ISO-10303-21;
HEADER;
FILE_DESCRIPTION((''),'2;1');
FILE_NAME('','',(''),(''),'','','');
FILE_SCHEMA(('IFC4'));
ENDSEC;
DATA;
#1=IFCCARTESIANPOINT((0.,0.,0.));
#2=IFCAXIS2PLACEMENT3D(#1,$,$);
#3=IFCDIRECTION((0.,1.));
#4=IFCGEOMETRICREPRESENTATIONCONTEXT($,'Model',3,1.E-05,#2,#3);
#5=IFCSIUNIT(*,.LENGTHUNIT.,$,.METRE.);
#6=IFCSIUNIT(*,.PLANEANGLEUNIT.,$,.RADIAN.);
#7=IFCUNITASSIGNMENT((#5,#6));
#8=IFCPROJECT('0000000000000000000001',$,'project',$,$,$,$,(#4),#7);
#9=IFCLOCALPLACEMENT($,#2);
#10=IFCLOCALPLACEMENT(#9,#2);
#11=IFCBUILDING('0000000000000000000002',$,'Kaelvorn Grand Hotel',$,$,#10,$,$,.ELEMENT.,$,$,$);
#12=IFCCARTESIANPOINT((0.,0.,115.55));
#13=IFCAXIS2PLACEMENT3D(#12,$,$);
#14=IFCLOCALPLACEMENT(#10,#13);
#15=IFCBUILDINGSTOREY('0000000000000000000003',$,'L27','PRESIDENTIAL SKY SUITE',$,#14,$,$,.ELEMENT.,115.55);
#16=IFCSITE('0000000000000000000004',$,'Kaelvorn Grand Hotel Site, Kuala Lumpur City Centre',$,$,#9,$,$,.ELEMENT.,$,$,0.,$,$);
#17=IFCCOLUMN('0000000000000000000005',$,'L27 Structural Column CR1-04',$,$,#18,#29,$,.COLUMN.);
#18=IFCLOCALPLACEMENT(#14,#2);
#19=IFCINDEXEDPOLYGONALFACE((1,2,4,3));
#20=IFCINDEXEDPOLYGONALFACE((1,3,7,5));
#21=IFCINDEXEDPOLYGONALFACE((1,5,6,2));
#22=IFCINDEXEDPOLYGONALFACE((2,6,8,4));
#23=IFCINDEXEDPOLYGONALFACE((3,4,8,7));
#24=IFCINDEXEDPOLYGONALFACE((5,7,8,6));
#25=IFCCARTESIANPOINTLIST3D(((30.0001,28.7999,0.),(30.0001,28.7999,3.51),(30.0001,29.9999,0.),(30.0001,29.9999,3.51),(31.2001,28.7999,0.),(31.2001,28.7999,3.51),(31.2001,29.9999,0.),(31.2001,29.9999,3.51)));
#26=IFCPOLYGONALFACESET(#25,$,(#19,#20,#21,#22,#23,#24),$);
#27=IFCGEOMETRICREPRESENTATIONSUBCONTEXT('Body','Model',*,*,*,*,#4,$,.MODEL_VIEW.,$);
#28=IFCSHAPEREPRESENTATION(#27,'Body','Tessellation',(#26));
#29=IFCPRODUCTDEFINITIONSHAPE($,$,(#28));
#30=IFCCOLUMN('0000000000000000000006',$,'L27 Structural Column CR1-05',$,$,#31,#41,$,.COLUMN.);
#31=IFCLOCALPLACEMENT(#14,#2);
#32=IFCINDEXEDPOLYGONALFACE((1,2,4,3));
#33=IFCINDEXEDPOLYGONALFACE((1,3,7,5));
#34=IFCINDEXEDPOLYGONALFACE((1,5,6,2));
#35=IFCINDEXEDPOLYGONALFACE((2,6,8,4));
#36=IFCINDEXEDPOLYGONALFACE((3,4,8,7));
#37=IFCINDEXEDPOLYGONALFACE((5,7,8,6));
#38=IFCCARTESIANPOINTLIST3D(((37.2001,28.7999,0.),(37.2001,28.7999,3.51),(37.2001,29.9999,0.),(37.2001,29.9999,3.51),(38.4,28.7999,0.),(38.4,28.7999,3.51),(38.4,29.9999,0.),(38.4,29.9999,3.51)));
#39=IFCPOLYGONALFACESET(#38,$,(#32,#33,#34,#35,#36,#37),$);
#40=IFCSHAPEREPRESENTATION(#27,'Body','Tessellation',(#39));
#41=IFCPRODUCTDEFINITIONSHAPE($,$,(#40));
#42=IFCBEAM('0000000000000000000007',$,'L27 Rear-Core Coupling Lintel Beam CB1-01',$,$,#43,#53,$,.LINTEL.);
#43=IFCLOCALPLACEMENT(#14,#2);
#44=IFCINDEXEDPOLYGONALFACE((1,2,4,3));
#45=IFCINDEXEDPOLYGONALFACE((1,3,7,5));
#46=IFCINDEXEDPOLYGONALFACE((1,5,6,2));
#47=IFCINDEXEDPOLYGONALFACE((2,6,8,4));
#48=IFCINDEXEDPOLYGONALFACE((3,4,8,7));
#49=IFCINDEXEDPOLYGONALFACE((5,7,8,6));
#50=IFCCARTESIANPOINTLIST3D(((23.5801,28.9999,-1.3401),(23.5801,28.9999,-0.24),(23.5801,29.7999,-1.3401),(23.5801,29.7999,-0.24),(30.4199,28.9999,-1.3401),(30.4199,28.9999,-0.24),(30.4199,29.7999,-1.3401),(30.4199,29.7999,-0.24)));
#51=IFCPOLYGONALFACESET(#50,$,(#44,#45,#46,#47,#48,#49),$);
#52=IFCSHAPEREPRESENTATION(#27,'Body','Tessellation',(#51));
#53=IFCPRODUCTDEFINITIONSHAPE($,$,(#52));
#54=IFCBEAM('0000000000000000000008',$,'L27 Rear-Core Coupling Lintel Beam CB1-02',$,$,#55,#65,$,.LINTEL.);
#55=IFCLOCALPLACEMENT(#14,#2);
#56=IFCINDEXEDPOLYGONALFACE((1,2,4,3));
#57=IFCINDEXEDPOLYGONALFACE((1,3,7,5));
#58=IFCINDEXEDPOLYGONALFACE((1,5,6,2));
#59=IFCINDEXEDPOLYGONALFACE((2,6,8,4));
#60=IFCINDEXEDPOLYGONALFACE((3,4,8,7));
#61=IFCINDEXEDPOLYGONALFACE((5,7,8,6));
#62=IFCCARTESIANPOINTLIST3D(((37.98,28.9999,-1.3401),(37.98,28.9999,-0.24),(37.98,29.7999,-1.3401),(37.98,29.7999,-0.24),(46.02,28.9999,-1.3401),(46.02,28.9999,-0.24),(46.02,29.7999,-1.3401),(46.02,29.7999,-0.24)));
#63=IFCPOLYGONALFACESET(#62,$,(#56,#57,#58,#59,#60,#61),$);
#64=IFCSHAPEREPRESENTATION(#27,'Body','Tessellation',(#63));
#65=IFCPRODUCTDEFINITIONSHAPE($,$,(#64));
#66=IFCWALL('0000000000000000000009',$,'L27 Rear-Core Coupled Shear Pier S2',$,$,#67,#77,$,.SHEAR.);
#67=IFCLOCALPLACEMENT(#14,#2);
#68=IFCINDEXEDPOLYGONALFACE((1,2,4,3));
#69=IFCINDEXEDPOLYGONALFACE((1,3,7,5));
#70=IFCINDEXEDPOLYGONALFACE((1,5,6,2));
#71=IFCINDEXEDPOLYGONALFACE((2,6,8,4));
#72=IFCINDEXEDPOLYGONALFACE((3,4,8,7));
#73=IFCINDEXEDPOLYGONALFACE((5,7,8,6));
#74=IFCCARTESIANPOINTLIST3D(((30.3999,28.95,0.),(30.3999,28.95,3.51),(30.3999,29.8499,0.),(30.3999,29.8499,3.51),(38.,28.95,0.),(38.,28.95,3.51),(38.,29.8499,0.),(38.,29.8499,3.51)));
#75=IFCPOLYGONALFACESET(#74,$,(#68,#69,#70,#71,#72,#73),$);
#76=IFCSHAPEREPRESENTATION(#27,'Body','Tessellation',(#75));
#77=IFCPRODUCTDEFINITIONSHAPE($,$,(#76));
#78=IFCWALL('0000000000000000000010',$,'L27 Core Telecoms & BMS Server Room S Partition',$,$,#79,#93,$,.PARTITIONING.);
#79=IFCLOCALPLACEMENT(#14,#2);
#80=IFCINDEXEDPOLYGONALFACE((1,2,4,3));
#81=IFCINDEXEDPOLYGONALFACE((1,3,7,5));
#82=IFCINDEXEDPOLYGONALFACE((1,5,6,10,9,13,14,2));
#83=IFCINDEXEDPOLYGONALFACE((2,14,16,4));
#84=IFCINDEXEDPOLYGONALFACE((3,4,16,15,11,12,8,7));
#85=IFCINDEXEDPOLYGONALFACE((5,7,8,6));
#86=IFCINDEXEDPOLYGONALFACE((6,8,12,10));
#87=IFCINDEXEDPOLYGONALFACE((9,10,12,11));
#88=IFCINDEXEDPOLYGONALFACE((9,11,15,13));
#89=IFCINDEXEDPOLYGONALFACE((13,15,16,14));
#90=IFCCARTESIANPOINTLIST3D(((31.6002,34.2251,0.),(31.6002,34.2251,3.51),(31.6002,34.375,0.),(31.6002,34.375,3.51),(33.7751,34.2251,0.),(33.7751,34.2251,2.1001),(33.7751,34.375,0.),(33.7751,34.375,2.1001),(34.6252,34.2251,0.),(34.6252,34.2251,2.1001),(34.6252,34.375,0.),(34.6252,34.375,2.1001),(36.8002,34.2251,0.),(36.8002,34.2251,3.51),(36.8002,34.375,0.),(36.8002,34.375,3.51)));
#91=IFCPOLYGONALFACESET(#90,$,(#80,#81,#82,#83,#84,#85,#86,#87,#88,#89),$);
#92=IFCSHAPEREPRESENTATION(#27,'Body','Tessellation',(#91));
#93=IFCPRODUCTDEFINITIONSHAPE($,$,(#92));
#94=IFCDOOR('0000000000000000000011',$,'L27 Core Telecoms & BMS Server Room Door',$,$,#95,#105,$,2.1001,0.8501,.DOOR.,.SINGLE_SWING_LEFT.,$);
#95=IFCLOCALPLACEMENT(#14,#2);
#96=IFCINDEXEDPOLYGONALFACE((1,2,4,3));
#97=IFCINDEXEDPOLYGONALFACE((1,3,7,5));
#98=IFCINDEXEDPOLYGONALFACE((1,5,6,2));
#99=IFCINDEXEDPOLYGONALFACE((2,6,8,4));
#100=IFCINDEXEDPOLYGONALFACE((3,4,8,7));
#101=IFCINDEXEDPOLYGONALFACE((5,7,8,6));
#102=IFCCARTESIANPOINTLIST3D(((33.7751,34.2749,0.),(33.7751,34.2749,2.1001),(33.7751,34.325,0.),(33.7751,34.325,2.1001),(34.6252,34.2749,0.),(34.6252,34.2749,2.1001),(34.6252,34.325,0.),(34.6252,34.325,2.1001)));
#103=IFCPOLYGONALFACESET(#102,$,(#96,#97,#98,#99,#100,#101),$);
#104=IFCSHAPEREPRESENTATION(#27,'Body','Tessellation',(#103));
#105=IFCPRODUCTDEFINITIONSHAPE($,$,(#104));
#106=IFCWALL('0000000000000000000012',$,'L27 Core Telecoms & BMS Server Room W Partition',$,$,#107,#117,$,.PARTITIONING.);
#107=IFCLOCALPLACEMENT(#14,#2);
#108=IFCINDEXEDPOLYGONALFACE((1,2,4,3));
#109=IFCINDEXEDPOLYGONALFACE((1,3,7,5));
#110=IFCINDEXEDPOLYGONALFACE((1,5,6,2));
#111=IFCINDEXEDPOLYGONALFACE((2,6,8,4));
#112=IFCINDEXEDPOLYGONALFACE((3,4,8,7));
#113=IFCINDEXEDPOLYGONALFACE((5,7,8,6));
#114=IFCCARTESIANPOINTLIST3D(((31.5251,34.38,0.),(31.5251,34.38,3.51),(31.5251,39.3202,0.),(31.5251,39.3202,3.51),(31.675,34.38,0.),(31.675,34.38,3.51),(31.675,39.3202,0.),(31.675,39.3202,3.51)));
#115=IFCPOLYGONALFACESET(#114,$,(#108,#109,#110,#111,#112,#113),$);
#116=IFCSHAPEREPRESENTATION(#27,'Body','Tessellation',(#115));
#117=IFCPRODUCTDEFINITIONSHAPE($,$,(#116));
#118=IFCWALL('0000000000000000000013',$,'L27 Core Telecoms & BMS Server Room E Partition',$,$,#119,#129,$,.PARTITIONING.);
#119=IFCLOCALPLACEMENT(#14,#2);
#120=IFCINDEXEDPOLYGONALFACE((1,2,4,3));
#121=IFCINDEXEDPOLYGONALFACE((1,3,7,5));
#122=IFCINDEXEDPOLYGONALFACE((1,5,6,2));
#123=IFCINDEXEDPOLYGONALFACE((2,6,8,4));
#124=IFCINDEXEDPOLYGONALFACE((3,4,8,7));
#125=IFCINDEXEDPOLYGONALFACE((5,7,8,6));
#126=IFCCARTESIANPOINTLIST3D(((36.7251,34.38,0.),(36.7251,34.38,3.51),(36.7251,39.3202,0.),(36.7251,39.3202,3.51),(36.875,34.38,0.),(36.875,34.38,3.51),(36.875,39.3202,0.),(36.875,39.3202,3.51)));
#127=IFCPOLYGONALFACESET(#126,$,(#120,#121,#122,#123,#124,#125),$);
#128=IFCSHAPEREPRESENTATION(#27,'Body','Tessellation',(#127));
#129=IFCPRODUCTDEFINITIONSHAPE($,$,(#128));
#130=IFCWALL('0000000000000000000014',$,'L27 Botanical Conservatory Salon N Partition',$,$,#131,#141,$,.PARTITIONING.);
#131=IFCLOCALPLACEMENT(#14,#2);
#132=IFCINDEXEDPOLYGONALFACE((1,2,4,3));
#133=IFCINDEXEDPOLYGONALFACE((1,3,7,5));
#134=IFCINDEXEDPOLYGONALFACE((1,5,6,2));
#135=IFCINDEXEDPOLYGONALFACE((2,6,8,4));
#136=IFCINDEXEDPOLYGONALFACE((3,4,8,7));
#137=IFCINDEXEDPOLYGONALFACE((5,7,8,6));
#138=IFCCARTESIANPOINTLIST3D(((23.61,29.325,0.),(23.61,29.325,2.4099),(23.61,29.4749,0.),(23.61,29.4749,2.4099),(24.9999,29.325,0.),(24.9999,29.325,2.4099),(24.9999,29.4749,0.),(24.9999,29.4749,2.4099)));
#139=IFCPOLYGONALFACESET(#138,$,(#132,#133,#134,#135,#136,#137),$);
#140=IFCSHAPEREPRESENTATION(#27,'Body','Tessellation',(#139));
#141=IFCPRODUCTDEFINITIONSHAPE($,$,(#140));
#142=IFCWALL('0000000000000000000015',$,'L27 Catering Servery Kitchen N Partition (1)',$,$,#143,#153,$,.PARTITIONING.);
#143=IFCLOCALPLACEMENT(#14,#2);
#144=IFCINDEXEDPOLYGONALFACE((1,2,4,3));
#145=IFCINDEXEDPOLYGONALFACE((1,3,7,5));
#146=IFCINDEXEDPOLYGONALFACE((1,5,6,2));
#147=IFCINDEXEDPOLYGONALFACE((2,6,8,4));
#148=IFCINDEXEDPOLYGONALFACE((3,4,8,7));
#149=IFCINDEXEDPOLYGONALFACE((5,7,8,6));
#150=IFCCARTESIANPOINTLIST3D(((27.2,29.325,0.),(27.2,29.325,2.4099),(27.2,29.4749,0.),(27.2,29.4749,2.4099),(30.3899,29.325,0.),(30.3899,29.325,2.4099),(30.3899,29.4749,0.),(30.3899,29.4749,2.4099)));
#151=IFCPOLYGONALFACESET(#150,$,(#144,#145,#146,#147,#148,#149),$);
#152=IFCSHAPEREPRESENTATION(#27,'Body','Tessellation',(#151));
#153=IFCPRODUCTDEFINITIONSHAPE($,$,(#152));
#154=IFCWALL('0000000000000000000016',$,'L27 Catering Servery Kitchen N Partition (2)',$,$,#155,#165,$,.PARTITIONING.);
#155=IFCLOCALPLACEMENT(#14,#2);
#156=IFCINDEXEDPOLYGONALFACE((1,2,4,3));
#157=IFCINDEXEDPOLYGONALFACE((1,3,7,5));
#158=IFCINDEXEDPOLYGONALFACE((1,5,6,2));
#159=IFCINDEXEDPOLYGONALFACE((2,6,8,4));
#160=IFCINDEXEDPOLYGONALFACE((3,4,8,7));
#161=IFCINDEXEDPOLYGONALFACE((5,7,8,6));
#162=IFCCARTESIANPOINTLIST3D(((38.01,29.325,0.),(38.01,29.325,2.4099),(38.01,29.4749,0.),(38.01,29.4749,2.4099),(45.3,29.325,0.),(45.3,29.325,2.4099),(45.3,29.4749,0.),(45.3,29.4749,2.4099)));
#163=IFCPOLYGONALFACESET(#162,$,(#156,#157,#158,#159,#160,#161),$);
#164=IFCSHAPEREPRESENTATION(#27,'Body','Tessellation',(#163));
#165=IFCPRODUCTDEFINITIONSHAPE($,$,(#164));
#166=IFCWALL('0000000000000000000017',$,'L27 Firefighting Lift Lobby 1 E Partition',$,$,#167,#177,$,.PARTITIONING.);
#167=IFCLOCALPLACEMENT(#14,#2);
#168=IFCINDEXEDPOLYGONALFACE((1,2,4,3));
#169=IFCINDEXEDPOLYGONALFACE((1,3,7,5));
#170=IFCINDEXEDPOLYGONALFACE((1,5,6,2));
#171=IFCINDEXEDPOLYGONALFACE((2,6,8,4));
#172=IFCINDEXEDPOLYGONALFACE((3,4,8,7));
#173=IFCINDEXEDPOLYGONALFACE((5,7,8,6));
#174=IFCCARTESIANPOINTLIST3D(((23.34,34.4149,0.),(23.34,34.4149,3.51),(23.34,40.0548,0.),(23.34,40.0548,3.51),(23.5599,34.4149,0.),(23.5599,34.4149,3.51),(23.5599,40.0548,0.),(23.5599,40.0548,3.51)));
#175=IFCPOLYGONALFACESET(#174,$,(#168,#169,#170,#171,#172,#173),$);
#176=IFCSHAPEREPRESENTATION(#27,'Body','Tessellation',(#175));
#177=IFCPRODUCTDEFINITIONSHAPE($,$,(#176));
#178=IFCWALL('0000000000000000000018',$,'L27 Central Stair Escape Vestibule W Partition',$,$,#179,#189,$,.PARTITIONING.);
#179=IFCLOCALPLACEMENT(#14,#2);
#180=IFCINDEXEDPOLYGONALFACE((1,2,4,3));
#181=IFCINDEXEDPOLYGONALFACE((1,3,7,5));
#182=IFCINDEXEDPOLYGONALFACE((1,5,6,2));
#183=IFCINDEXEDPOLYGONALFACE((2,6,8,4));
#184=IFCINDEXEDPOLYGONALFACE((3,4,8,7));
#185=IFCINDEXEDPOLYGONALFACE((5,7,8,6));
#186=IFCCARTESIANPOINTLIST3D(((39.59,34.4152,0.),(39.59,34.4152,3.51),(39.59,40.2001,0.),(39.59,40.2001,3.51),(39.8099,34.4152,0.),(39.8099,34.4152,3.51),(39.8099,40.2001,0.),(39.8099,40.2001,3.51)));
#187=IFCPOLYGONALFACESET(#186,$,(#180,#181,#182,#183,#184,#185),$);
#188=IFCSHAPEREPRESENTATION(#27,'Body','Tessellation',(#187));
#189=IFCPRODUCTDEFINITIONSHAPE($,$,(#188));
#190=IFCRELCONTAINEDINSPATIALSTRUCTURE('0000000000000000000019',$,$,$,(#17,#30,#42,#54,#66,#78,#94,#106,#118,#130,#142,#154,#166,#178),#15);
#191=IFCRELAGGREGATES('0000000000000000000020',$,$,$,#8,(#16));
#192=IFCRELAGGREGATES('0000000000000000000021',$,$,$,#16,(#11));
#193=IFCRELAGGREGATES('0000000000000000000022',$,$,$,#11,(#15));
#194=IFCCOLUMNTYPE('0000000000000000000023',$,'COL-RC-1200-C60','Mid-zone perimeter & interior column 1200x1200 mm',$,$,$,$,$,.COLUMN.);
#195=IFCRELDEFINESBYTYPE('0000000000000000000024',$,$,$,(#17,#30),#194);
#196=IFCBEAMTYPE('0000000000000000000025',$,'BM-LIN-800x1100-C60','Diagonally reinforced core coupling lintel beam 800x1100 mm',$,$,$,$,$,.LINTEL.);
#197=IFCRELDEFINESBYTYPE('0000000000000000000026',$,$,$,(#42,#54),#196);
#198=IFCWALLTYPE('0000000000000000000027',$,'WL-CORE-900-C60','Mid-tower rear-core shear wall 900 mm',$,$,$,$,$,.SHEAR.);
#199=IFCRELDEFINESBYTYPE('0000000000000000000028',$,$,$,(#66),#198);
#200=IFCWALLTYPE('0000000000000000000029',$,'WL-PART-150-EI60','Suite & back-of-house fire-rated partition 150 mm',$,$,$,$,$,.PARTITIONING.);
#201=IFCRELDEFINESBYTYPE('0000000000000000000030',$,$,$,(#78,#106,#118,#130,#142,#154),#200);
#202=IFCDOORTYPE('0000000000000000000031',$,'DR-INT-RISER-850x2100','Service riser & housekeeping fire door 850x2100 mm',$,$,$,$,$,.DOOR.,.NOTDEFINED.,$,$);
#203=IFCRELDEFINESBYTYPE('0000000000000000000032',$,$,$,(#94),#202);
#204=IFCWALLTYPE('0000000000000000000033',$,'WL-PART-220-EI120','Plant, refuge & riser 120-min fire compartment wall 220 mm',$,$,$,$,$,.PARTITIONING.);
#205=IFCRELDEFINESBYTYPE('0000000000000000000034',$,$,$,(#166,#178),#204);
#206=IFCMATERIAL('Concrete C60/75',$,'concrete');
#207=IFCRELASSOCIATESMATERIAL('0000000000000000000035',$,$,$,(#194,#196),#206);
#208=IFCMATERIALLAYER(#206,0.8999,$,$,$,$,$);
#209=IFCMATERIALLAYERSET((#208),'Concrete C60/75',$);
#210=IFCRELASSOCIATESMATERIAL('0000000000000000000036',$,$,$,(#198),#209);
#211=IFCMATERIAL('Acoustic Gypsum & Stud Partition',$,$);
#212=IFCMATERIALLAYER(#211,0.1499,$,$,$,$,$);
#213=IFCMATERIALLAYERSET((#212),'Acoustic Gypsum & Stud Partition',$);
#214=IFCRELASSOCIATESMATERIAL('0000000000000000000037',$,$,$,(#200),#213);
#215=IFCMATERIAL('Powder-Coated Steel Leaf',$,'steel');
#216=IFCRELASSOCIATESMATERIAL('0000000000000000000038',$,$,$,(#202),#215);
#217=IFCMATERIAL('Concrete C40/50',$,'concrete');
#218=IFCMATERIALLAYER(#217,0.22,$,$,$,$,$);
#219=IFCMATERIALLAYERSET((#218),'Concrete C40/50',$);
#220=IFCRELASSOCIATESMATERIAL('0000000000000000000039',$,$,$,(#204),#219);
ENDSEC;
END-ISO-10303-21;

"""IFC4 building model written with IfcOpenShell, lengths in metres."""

from ifc_helpers import new_model, si_unit, direction, frame, frame_2d, origin, origin_2d, place, context, subcontext, project, spatial, rectangle, extrude, material, layer, layer_set, material_profile, profile_set, type_object, element, fill, save


model = new_model("IFC4")

# Units and contexts
model_context = context("Model", 3, precision=1e-05, world=origin(), true_north=direction((0.0, 1.0)))
body_context = subcontext(model_context, "Body", "Model", "MODEL_VIEW")
ifc_project = project(units=[si_unit("LENGTHUNIT", "METRE"), si_unit("PLANEANGLEUNIT", "RADIAN")], contexts=[model_context])

# Site, building, storey
site_placement = place(None, origin())
site = spatial("IfcSite", under=ifc_project, at=site_placement, Name="Kaelvorn Grand Hotel Site, Kuala Lumpur City Centre", CompositionType="ELEMENT", RefElevation=0.0)
building_placement = place(site_placement, origin())
building = spatial("IfcBuilding", under=site, at=building_placement, Name="Kaelvorn Grand Hotel", CompositionType="ELEMENT")
storey_placement = place(building_placement, frame((0.0, 0.0, 115.55)))
storey = spatial("IfcBuildingStorey", under=building, at=storey_placement, Name="L27", Description="PRESIDENTIAL SKY SUITE", CompositionType="ELEMENT", Elevation=115.55)

# Columns
ifc_material_1 = material(Name="Concrete C60/75", Category="concrete")
ifc_material_profile_1 = material_profile(ifc_material_1, rectangle(XDim=1.2, YDim=1.2, at=origin_2d()), Name="RC COL 1200x1200")
ifc_profile_set_1 = profile_set([ifc_material_profile_1], Name="Concrete C60/75")
column_type = type_object("IfcColumnType", Name="COL-RC-1200-C60", Description="Mid-zone perimeter & interior column 1200x1200 mm", PredefinedType="COLUMN", material=ifc_profile_set_1)
for number, where, z_axis, x_axis, name in (
    (1, (30.6001, 29.3999, 0.0), (0.0, 0.0, 1.0), (1.0, 0.0, 0.0), "L27 Structural Column CR1-04"),
    (2, (37.8, 29.3999, 0.0), (0.0, 0.0, 1.0), (1.0, 0.0, 0.0), "L27 Structural Column CR1-05"),
):
    element("IfcColumn", number, at=place(storey_placement, frame(where, z_axis=z_axis, x_axis=x_axis)), inside=storey, type_object=column_type, Name=name, PredefinedType="COLUMN", context=body_context, shape_type="SweptSolid", body=[
        extrude(rectangle(XDim=1.2, YDim=1.2, at=origin_2d()), origin(), (0.0, 0.0, 1.0), 3.51),
    ])

# Beams
ifc_material_profile_2 = material_profile(ifc_material_1, rectangle(XDim=0.8, YDim=1.1001, at=origin_2d()), Name="RC LINTEL 800x1100")
ifc_profile_set_2 = profile_set([ifc_material_profile_2], Name="Concrete C60/75")
beam_type = type_object("IfcBeamType", Name="BM-LIN-800x1100-C60", Description="Diagonally reinforced core coupling lintel beam 800x1100 mm", PredefinedType="LINTEL", material=ifc_profile_set_2)
beam_1_placement = place(storey_placement, frame((23.5801, 29.3999, -0.79), z_axis=(1.0, 0.0, 0.0), x_axis=(0.0, 1.0, 0.0)))
element("IfcBeam", 3, at=beam_1_placement, inside=storey, type_object=beam_type, Name="L27 Rear-Core Coupling Lintel Beam CB1-01", PredefinedType="LINTEL", context=body_context, shape_type="SweptSolid", body=[
    extrude(rectangle(XDim=0.8, YDim=1.1001, at=origin_2d()), origin(), (0.0, 0.0, 1.0), 6.8398),
])
beam_2_placement = place(storey_placement, frame((37.98, 29.3999, -0.79), z_axis=(1.0, 0.0, 0.0), x_axis=(0.0, 1.0, 0.0)))
element("IfcBeam", 4, at=beam_2_placement, inside=storey, type_object=beam_type, Name="L27 Rear-Core Coupling Lintel Beam CB1-02", PredefinedType="LINTEL", context=body_context, shape_type="SweptSolid", body=[
    extrude(rectangle(XDim=0.8, YDim=1.1001, at=origin_2d()), origin(), (0.0, 0.0, 1.0), 8.04),
])

# Wall
ifc_layer_1 = layer(ifc_material_1, 0.8999)
ifc_layer_set_1 = layer_set([ifc_layer_1], Name="Concrete C60/75")
wall_type_1 = type_object("IfcWallType", Name="WL-CORE-900-C60", Description="Mid-tower rear-core shear wall 900 mm", PredefinedType="SHEAR", material=ifc_layer_set_1)
wall_1_placement = place(storey_placement, frame((30.3999, 29.3999, 0.0), z_axis=(0.0, 0.0, 1.0), x_axis=(1.0, 0.0, 0.0)))
element("IfcWall", 5, at=wall_1_placement, inside=storey, type_object=wall_type_1, Name="L27 Rear-Core Coupled Shear Pier S2", PredefinedType="SHEAR", context=body_context, shape_type="SweptSolid", body=[
    extrude(rectangle(XDim=7.6001, YDim=0.8999, at=frame_2d((3.8, 0.0))), origin(), (0.0, 0.0, 1.0), 3.51),
])

# Wall, opening, door
ifc_material_2 = material(Name="Acoustic Gypsum & Stud Partition")
ifc_layer_2 = layer(ifc_material_2, 0.1499)
ifc_layer_set_2 = layer_set([ifc_layer_2], Name="Acoustic Gypsum & Stud Partition")
wall_type_2 = type_object("IfcWallType", Name="WL-PART-150-EI60", Description="Suite & back-of-house fire-rated partition 150 mm", PredefinedType="PARTITIONING", material=ifc_layer_set_2)
wall_2_placement = place(storey_placement, frame((31.6001, 34.3, 0.0), z_axis=(0.0, 0.0, 1.0), x_axis=(1.0, 0.0, 0.0)))
wall_2 = element("IfcWall", 6, at=wall_2_placement, inside=storey, type_object=wall_type_2, Name="L27 Core Telecoms & BMS Server Room S Partition", PredefinedType="PARTITIONING", context=body_context, shape_type="SweptSolid", body=[
    extrude(rectangle(XDim=5.2, YDim=0.1499, at=frame_2d((2.6001, 0.0))), origin(), (0.0, 0.0, 1.0), 3.51),
])
opening_1_placement = place(wall_2_placement, frame((2.175, 0.0, 0.0)))
opening_1 = element("IfcOpeningElement", 7, at=opening_1_placement, cuts=wall_2, PredefinedType="OPENING", context=body_context, shape_type="SweptSolid", body=[
    extrude(rectangle(XDim=0.8501, YDim=2.1001, at=frame_2d((0.425, 1.05))), frame((0.0, 0.085, 0.0), z_axis=(0.0, -1.0, 0.0), x_axis=(1.0, 0.0, 0.0)), (0.0, 0.0, 1.0), 0.1699),
])
ifc_material_3 = material(Name="Powder-Coated Steel Leaf", Category="steel")
door_type_1 = type_object("IfcDoorType", Name="DR-INT-RISER-850x2100", Description="Service riser & housekeeping fire door 850x2100 mm", OperationType="NOTDEFINED", PredefinedType="DOOR", material=ifc_material_3)
door_1_placement = place(opening_1_placement, origin())
door_1 = element("IfcDoor", 8, at=door_1_placement, inside=storey, type_object=door_type_1, Name="L27 Core Telecoms & BMS Server Room Door", OperationType="SINGLE_SWING_LEFT", OverallHeight=2.1001, OverallWidth=0.8501, PredefinedType="DOOR", context=body_context, shape_type="SweptSolid", body=[
    extrude(rectangle(XDim=0.8501, YDim=2.1001, at=frame_2d((0.425, 1.05))), frame((0.0, 0.0249, 0.0), z_axis=(0.0, -1.0, 0.0), x_axis=(1.0, 0.0, 0.0)), (0.0, 0.0, 1.0), 0.05),
])
fill(opening_1, door_1)

# Walls
for number, where, z_axis, x_axis, name in (
    (9, (31.6001, 34.3799, 0.0), (0.0, 0.0, 1.0), (0.0, 1.0, 0.0), "L27 Core Telecoms & BMS Server Room W Partition"),
    (10, (36.8, 34.3799, 0.0), (0.0, 0.0, 1.0), (0.0, 1.0, 0.0), "L27 Core Telecoms & BMS Server Room E Partition"),
):
    element("IfcWall", number, at=place(storey_placement, frame(where, z_axis=z_axis, x_axis=x_axis)), inside=storey, type_object=wall_type_2, Name=name, PredefinedType="PARTITIONING", context=body_context, shape_type="SweptSolid", body=[
        extrude(rectangle(XDim=4.9402, YDim=0.1499, at=frame_2d((2.4702, 0.0))), origin(), (0.0, 0.0, 1.0), 3.51),
    ])
wall_3_placement = place(storey_placement, frame((23.6101, 29.3999, 0.0), z_axis=(0.0, 0.0, 1.0), x_axis=(1.0, 0.0, 0.0)))
element("IfcWall", 11, at=wall_3_placement, inside=storey, type_object=wall_type_2, Name="L27 Botanical Conservatory Salon N Partition", PredefinedType="PARTITIONING", context=body_context, shape_type="SweptSolid", body=[
    extrude(rectangle(XDim=1.3899, YDim=0.1499, at=frame_2d((0.6948, 0.0))), origin(), (0.0, 0.0, 1.0), 2.4099),
])
wall_4_placement = place(storey_placement, frame((27.2, 29.3999, 0.0), z_axis=(0.0, 0.0, 1.0), x_axis=(1.0, 0.0, 0.0)))
element("IfcWall", 12, at=wall_4_placement, inside=storey, type_object=wall_type_2, Name="L27 Catering Servery Kitchen N Partition (1)", PredefinedType="PARTITIONING", context=body_context, shape_type="SweptSolid", body=[
    extrude(rectangle(XDim=3.1899, YDim=0.1499, at=frame_2d((1.595, 0.0))), origin(), (0.0, 0.0, 1.0), 2.4099),
])
wall_5_placement = place(storey_placement, frame((38.01, 29.3999, 0.0), z_axis=(0.0, 0.0, 1.0), x_axis=(1.0, 0.0, 0.0)))
element("IfcWall", 13, at=wall_5_placement, inside=storey, type_object=wall_type_2, Name="L27 Catering Servery Kitchen N Partition (2)", PredefinedType="PARTITIONING", context=body_context, shape_type="SweptSolid", body=[
    extrude(rectangle(XDim=7.29, YDim=0.1499, at=frame_2d((3.645, 0.0))), origin(), (0.0, 0.0, 1.0), 2.4099),
])
ifc_material_4 = material(Name="Concrete C40/50", Category="concrete")
ifc_layer_3 = layer(ifc_material_4, 0.22)
ifc_layer_set_3 = layer_set([ifc_layer_3], Name="Concrete C40/50")
wall_type_3 = type_object("IfcWallType", Name="WL-PART-220-EI120", Description="Plant, refuge & riser 120-min fire compartment wall 220 mm", PredefinedType="PARTITIONING", material=ifc_layer_set_3)
wall_6_placement = place(storey_placement, frame((23.45, 34.415, 0.0), z_axis=(0.0, 0.0, 1.0), x_axis=(0.0, 1.0, 0.0)))
element("IfcWall", 14, at=wall_6_placement, inside=storey, type_object=wall_type_3, Name="L27 Firefighting Lift Lobby 1 E Partition", PredefinedType="PARTITIONING", context=body_context, shape_type="SweptSolid", body=[
    extrude(rectangle(XDim=5.6399, YDim=0.22, at=frame_2d((2.8198, 0.0))), origin(), (0.0, 0.0, 1.0), 3.51),
])

# Wall
wall_7_placement = place(storey_placement, frame((39.7, 34.415, 0.0), z_axis=(0.0, 0.0, 1.0), x_axis=(0.0, 1.0, 0.0)))
element("IfcWall", 15, at=wall_7_placement, inside=storey, type_object=wall_type_3, Name="L27 Central Stair Escape Vestibule W Partition", PredefinedType="PARTITIONING", context=body_context, shape_type="SweptSolid", body=[
    extrude(rectangle(XDim=5.7849, YDim=0.22, at=frame_2d((2.8926, 0.0))), origin(), (0.0, 0.0, 1.0), 3.51),
])

save(model, "model.ifc")
